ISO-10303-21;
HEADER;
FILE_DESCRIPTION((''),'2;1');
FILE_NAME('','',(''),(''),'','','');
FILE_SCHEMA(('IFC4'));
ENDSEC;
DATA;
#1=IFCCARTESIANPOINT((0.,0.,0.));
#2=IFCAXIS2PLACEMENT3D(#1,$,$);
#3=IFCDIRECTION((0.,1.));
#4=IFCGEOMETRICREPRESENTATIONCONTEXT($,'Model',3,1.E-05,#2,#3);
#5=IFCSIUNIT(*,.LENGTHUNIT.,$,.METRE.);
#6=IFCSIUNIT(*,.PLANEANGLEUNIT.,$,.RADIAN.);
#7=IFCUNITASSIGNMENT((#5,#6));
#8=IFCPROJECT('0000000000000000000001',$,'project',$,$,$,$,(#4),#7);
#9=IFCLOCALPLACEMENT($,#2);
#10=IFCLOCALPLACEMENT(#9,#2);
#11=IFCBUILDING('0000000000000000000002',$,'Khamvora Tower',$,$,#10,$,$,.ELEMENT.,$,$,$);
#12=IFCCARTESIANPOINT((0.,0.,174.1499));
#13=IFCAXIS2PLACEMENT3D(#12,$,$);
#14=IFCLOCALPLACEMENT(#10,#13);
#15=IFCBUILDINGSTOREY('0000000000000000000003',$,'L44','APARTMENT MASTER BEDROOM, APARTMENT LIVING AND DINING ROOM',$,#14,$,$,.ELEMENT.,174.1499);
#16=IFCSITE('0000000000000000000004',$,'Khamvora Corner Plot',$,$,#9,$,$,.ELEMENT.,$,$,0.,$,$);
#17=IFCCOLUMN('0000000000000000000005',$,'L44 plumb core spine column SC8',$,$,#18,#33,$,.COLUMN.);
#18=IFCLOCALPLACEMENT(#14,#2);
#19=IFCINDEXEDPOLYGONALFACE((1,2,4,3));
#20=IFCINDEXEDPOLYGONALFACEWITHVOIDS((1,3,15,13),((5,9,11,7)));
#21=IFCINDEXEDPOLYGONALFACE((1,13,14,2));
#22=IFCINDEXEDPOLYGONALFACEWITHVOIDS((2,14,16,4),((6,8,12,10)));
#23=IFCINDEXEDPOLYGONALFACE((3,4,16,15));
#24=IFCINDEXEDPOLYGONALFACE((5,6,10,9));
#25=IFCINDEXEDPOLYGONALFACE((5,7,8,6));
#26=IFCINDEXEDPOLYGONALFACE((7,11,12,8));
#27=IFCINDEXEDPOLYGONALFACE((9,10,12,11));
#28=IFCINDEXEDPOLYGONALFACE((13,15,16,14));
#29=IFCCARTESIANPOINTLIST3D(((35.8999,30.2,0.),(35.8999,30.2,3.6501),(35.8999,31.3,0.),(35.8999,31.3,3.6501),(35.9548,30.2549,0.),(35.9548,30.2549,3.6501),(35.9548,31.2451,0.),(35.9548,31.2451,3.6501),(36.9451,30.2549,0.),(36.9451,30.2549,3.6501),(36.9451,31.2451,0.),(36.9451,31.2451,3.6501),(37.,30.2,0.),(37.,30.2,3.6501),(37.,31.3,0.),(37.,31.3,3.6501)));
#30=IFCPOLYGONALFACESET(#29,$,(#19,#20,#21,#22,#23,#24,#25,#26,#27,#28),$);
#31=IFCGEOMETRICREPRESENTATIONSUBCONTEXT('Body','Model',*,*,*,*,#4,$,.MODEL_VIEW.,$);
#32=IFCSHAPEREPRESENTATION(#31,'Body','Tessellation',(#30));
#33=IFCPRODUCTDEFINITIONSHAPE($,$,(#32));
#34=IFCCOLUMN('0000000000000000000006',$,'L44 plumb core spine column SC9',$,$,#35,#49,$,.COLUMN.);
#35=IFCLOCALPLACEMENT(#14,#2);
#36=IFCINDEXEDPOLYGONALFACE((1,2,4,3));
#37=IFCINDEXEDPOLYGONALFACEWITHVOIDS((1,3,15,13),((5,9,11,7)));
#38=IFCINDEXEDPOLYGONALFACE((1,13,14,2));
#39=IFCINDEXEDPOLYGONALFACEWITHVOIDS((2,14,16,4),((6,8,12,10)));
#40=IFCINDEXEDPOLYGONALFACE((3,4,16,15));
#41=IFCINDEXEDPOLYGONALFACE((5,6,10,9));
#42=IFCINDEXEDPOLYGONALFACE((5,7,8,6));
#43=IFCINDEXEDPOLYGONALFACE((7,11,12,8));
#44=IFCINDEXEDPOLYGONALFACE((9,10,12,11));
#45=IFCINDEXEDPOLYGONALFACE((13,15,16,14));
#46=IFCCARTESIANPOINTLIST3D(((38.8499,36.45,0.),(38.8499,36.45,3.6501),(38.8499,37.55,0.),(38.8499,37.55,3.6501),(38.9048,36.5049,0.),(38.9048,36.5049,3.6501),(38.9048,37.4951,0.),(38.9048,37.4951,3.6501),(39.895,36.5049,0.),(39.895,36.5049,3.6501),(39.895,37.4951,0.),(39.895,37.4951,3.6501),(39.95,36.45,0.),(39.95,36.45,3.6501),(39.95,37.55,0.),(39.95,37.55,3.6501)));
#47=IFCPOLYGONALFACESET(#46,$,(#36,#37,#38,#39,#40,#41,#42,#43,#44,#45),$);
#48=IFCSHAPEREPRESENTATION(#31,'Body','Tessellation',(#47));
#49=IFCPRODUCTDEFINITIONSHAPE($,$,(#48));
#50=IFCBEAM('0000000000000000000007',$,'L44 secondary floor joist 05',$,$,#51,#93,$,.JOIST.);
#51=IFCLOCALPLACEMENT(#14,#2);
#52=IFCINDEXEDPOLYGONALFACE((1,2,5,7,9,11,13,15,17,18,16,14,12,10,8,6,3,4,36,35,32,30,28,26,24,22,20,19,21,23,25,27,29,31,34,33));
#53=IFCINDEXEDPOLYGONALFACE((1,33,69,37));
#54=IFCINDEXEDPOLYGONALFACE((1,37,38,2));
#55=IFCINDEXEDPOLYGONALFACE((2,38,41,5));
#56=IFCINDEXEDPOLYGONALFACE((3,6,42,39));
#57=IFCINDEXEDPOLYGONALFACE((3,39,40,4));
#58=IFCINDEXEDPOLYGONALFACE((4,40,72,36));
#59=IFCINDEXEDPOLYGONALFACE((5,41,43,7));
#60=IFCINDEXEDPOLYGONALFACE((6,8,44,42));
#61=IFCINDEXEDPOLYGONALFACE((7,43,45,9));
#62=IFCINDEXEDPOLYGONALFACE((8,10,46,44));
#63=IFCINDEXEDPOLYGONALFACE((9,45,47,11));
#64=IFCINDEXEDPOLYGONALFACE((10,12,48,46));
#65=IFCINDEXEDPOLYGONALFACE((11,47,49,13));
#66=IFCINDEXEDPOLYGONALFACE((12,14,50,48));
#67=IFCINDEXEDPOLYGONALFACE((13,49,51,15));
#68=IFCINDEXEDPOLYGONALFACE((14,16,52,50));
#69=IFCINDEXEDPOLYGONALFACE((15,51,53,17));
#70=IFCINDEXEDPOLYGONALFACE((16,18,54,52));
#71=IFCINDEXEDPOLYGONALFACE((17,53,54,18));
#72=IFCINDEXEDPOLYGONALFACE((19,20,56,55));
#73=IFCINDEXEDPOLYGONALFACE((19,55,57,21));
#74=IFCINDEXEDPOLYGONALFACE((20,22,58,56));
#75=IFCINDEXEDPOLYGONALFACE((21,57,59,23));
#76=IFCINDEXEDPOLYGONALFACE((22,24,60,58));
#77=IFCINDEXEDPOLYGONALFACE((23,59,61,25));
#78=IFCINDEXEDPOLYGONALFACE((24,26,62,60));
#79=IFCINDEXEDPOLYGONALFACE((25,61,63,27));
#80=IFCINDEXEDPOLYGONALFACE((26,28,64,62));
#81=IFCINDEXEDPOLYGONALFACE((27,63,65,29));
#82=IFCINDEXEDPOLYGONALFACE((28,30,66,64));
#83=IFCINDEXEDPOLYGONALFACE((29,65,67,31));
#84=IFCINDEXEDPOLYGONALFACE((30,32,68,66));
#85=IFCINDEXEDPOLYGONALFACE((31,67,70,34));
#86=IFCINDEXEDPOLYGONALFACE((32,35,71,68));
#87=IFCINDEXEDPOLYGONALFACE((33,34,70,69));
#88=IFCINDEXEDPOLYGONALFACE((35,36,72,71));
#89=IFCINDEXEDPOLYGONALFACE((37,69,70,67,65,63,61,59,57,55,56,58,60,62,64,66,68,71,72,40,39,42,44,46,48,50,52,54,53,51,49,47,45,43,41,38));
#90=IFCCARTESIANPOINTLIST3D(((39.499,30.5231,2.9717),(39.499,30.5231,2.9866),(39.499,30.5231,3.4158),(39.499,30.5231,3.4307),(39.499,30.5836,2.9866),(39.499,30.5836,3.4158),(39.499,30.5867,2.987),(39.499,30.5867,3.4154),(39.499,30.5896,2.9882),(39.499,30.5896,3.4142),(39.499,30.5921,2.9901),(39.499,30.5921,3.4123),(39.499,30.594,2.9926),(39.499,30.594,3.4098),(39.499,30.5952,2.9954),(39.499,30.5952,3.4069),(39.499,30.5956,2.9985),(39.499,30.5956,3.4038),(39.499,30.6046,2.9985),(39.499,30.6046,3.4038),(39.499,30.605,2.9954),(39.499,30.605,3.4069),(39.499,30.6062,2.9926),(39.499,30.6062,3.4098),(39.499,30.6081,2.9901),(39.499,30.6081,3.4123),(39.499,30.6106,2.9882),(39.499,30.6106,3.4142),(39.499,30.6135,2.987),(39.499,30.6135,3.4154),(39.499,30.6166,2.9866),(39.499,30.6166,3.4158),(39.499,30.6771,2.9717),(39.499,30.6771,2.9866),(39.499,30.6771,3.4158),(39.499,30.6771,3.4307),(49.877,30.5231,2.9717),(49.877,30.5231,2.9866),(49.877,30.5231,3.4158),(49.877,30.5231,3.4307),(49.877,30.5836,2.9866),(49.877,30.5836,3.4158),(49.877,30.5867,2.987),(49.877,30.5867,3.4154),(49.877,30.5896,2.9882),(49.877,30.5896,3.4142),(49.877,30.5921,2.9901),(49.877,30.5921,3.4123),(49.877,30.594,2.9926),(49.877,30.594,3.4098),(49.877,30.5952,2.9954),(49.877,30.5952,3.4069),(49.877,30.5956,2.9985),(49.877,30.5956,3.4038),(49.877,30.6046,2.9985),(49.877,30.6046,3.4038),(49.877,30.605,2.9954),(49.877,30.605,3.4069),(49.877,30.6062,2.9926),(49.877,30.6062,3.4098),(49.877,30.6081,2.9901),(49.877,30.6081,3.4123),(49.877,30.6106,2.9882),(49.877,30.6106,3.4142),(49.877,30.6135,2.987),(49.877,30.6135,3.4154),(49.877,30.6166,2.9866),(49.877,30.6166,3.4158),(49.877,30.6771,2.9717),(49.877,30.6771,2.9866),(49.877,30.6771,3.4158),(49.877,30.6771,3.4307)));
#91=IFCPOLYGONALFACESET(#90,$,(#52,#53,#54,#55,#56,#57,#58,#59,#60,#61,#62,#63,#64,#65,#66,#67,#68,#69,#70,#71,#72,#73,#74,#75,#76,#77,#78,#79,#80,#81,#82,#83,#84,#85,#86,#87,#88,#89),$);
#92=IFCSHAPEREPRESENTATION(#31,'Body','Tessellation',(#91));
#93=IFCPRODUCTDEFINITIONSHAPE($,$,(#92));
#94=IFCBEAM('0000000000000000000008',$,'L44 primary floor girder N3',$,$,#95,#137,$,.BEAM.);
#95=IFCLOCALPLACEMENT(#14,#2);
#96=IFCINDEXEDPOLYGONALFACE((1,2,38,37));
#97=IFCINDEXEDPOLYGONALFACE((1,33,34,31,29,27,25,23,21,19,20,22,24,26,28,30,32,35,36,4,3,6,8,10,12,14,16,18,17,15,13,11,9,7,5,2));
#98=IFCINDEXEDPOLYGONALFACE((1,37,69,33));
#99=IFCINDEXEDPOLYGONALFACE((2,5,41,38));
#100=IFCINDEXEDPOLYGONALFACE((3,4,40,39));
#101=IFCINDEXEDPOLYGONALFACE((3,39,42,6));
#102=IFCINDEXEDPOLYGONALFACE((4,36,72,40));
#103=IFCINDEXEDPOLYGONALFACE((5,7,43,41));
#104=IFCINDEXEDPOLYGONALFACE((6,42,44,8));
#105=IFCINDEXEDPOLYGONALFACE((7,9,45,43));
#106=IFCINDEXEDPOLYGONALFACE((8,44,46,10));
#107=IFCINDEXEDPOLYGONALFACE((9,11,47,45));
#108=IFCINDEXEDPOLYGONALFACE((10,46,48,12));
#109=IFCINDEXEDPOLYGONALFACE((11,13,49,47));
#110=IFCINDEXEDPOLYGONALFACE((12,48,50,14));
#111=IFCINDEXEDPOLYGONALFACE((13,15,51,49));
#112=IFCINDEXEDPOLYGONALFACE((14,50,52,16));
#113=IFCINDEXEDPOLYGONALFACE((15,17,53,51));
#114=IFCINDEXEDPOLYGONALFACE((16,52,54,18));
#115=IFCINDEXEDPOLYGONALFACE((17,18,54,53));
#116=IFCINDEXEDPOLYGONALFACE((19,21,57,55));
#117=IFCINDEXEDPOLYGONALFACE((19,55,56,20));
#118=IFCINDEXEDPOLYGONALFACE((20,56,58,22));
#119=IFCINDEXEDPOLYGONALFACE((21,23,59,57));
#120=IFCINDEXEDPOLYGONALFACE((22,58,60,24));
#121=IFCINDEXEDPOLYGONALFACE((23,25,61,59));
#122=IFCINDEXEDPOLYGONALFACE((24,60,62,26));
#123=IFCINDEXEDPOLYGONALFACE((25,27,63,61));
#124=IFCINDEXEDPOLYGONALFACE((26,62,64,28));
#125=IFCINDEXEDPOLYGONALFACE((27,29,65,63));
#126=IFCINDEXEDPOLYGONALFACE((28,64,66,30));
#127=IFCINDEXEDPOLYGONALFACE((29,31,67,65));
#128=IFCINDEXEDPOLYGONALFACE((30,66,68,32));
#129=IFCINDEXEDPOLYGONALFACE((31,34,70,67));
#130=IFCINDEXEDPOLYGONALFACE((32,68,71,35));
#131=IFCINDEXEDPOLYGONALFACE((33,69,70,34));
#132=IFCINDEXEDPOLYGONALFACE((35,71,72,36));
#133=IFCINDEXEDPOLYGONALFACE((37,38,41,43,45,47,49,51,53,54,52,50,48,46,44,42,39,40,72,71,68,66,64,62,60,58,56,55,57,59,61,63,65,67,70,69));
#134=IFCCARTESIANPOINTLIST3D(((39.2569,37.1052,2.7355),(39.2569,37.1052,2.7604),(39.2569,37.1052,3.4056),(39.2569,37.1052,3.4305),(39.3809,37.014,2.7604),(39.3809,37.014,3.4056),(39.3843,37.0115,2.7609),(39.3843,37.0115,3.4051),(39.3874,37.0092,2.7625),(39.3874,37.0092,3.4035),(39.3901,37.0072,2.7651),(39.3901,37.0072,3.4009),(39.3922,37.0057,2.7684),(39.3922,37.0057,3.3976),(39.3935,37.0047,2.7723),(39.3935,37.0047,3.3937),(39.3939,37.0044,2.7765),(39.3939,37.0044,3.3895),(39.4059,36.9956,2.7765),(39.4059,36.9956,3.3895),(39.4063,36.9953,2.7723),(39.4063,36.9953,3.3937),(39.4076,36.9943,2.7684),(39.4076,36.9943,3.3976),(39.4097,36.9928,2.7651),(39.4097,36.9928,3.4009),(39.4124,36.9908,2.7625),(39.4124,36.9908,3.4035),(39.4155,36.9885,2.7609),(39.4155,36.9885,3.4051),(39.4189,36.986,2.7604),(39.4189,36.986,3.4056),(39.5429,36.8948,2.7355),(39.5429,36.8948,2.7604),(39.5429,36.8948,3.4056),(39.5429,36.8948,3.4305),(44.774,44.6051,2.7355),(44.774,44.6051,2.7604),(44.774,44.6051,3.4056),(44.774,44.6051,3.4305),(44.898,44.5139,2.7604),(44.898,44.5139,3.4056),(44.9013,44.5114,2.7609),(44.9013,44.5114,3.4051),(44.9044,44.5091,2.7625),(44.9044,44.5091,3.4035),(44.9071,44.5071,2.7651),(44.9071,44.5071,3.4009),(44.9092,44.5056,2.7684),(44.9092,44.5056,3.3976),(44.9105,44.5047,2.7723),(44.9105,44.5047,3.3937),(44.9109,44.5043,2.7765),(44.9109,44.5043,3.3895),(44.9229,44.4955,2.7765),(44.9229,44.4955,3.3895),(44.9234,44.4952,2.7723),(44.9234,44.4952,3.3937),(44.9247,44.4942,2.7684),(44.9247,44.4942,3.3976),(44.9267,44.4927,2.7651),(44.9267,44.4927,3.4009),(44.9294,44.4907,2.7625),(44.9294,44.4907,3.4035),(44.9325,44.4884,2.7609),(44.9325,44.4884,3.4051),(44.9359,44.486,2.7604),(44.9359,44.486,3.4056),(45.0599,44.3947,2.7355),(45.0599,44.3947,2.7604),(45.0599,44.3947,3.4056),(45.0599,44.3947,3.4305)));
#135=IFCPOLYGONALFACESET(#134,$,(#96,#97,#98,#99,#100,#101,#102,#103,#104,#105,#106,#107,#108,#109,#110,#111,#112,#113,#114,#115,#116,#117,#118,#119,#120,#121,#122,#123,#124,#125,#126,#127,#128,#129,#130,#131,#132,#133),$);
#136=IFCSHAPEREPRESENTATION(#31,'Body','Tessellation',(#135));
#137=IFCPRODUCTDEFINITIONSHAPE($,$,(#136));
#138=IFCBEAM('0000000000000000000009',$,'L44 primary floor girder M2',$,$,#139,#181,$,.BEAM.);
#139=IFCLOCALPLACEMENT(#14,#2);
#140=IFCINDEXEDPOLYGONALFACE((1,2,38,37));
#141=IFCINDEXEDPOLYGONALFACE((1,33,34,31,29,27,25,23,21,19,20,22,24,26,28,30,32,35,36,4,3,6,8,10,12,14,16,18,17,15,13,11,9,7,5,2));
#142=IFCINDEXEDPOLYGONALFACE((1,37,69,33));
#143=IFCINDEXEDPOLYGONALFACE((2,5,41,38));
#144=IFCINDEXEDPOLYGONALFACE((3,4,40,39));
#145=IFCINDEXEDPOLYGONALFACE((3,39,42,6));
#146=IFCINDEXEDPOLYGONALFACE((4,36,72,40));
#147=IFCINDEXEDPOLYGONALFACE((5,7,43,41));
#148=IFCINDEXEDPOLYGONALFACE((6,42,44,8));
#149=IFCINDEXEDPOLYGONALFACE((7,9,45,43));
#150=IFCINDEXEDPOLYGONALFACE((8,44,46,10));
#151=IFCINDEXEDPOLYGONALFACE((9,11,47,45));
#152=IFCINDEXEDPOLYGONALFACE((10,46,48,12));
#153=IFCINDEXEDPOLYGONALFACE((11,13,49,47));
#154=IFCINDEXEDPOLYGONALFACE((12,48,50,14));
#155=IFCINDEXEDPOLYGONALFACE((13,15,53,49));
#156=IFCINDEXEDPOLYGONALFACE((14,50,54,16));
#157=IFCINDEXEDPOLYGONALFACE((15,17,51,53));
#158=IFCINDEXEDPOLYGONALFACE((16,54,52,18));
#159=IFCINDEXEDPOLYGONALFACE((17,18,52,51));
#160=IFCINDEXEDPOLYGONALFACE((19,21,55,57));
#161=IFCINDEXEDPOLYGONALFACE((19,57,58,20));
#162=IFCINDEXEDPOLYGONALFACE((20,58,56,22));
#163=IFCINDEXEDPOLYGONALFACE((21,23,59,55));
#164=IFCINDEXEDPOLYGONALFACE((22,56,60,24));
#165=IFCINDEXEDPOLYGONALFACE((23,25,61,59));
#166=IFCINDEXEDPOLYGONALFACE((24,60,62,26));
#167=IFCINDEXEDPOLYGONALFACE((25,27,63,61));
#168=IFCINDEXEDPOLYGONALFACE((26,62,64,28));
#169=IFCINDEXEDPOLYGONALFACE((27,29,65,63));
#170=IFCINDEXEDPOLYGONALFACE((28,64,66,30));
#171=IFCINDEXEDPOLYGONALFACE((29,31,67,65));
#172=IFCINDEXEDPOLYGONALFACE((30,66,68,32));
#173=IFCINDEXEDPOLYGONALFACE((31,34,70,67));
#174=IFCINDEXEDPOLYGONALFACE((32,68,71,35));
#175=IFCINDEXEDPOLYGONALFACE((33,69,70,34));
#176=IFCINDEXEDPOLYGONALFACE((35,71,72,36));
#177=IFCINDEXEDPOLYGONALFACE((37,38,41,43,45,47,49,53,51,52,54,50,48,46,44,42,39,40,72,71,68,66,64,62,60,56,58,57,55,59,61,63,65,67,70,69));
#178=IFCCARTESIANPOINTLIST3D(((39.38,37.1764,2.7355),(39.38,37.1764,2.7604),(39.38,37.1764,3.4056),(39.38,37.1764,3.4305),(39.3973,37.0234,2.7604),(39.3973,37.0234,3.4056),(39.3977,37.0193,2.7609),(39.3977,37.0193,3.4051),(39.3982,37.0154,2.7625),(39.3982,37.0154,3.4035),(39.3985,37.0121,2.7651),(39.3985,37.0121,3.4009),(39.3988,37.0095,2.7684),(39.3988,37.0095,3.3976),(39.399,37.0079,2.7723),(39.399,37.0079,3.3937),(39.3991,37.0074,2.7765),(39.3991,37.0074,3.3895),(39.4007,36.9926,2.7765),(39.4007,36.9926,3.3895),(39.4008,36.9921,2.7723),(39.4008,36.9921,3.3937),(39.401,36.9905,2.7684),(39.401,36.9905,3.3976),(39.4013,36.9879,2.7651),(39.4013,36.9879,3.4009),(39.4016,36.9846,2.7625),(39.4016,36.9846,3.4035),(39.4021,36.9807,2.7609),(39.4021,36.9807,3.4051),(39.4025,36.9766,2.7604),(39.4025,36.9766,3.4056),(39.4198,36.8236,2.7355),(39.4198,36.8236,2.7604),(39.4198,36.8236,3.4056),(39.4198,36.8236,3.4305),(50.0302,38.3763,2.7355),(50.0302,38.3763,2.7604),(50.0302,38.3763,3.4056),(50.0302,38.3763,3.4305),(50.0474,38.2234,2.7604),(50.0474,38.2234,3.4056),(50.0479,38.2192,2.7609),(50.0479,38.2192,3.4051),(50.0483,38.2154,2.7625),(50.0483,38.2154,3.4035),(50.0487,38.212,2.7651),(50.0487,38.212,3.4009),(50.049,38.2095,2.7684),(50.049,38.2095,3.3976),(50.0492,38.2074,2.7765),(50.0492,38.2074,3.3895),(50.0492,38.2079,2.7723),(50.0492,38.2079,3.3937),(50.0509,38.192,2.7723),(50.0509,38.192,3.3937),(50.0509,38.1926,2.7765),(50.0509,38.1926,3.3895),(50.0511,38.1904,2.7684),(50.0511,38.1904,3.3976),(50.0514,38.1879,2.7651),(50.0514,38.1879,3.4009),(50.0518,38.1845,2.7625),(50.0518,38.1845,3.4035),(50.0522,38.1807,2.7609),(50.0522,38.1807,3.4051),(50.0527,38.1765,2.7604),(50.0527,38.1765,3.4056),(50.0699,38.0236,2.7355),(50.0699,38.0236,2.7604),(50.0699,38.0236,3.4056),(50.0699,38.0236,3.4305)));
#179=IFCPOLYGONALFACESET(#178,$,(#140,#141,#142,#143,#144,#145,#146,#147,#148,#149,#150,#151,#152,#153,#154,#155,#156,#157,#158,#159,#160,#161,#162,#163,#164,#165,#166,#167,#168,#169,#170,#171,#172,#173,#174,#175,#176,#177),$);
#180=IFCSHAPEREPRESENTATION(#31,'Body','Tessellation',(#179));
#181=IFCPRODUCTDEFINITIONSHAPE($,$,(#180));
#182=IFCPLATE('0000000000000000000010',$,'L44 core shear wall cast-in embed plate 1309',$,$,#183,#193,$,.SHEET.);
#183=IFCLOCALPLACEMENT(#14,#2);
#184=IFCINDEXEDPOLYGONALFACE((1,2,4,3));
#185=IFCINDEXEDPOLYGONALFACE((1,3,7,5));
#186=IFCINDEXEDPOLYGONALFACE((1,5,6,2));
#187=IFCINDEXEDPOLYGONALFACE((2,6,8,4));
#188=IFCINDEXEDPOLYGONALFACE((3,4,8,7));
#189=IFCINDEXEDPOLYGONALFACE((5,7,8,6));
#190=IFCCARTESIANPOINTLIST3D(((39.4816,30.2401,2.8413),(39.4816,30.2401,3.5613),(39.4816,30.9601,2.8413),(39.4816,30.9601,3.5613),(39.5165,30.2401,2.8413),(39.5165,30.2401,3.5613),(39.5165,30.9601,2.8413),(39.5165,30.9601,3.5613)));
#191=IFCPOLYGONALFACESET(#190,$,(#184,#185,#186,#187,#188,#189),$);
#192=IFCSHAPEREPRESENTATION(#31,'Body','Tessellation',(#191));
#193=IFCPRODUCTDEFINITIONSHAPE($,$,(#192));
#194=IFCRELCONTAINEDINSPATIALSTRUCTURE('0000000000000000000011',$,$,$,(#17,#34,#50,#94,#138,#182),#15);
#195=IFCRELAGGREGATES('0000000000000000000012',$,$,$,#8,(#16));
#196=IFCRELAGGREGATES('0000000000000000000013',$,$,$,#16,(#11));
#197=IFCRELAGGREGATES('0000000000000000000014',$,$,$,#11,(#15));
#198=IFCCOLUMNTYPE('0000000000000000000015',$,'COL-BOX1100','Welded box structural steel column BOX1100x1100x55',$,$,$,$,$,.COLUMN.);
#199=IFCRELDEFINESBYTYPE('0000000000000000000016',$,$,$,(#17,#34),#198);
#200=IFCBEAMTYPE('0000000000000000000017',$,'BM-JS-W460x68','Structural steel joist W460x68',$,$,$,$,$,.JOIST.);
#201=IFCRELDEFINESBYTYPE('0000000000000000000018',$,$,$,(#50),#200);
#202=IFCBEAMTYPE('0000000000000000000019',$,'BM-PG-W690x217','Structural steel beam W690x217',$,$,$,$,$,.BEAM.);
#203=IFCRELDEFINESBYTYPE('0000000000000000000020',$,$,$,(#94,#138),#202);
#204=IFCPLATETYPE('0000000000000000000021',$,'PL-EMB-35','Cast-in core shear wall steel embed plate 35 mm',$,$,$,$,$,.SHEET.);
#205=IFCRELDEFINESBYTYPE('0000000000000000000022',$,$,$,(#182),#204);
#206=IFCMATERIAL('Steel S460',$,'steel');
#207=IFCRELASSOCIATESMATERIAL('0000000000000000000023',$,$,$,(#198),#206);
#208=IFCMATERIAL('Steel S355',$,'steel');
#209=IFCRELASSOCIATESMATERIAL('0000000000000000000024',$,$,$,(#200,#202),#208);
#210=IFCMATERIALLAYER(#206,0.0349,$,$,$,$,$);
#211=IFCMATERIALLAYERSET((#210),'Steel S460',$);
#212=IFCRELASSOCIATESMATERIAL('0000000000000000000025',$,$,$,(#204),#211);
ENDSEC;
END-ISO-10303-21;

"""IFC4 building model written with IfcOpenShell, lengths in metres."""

from ifc_helpers import new_model, si_unit, direction, frame, origin, origin_2d, place, context, subcontext, project, spatial, rectangle, hollow_rectangle, i_section, extrude, material, layer, layer_set, material_profile, profile_set, type_object, element, save


model = new_model("IFC4")

# Units and contexts
model_context = context("Model", 3, precision=1e-05, world=origin(), true_north=direction((0.0, 1.0)))
body_context = subcontext(model_context, "Body", "Model", "MODEL_VIEW")
ifc_project = project(units=[si_unit("LENGTHUNIT", "METRE"), si_unit("PLANEANGLEUNIT", "RADIAN")], contexts=[model_context])

# Site, building, storey
site_placement = place(None, origin())
site = spatial("IfcSite", under=ifc_project, at=site_placement, Name="Khamvora Corner Plot", CompositionType="ELEMENT", RefElevation=0.0)
building_placement = place(site_placement, origin())
building = spatial("IfcBuilding", under=site, at=building_placement, Name="Khamvora Tower", CompositionType="ELEMENT")
storey_placement = place(building_placement, frame((0.0, 0.0, 174.1499)))
storey = spatial("IfcBuildingStorey", under=building, at=storey_placement, Name="L44", Description="APARTMENT MASTER BEDROOM, APARTMENT LIVING AND DINING ROOM", CompositionType="ELEMENT", Elevation=174.1499)

# Columns
ifc_material_1 = material(Name="Steel S460", Category="steel")
ifc_material_profile_1 = material_profile(ifc_material_1, hollow_rectangle(XDim=1.1001, YDim=1.1001, WallThickness=0.0549, at=origin_2d()), Name="BOX1100x1100x55")
ifc_profile_set_1 = profile_set([ifc_material_profile_1], Name="Steel S460")
column_type = type_object("IfcColumnType", Name="COL-BOX1100", Description="Welded box structural steel column BOX1100x1100x55", PredefinedType="COLUMN", material=ifc_profile_set_1)
for number, where, z_axis, x_axis, name in (
    (1, (36.45, 30.75, 0.0), (0.0, 0.0, 1.0), (1.0, 0.0, 0.0), "L44 plumb core spine column SC8"),
    (2, (39.3999, 37.0, 0.0), (0.0, 0.0, 1.0), (1.0, 0.0, 0.0), "L44 plumb core spine column SC9"),
):
    element("IfcColumn", number, at=place(storey_placement, frame(where, z_axis=z_axis, x_axis=x_axis)), inside=storey, type_object=column_type, Name=name, PredefinedType="COLUMN", context=body_context, shape_type="SweptSolid", body=[
        extrude(hollow_rectangle(XDim=1.1001, YDim=1.1001, WallThickness=0.0549, at=origin_2d()), origin(), (0.0, 0.0, 1.0), 3.6501),
    ])

# Beams
ifc_material_2 = material(Name="Steel S355", Category="steel")
ifc_material_profile_2 = material_profile(ifc_material_2, i_section(OverallWidth=0.1541, OverallDepth=0.459, WebThickness=0.009, FlangeThickness=0.0149, FilletRadius=0.012, at=origin_2d()), Name="W460x68")
ifc_profile_set_2 = profile_set([ifc_material_profile_2], Name="Steel S355")
beam_type_1 = type_object("IfcBeamType", Name="BM-JS-W460x68", Description="Structural steel joist W460x68", PredefinedType="JOIST", material=ifc_profile_set_2)
beam_1_placement = place(storey_placement, frame((39.499, 30.6001, 3.2012), z_axis=(1.0, 0.0, 0.0), x_axis=(0.0, 1.0, 0.0)))
element("IfcBeam", 3, at=beam_1_placement, inside=storey, type_object=beam_type_1, Name="L44 secondary floor joist 05", PredefinedType="JOIST", context=body_context, shape_type="SweptSolid", body=[
    extrude(i_section(OverallWidth=0.1541, OverallDepth=0.459, WebThickness=0.009, FlangeThickness=0.0149, FilletRadius=0.012, at=origin_2d()), origin(), (0.0, 0.0, 1.0), 10.3779),
])
ifc_material_profile_3 = material_profile(ifc_material_2, i_section(OverallWidth=0.355, OverallDepth=0.6951, WebThickness=0.0149, FlangeThickness=0.0249, FilletRadius=0.0161, at=origin_2d()), Name="W690x217")
ifc_profile_set_3 = profile_set([ifc_material_profile_3], Name="Steel S355")
beam_type_2 = type_object("IfcBeamType", Name="BM-PG-W690x217", Description="Structural steel beam W690x217", PredefinedType="BEAM", material=ifc_profile_set_3)
beam_2_placement = place(storey_placement, frame((39.3999, 37.0, 3.083), z_axis=(0.592557, 0.805529, 0.0), x_axis=(-0.805529, 0.592557, 0.0)))
element("IfcBeam", 4, at=beam_2_placement, inside=storey, type_object=beam_type_2, Name="L44 primary floor girder N3", PredefinedType="BEAM", context=body_context, shape_type="SweptSolid", body=[
    extrude(i_section(OverallWidth=0.355, OverallDepth=0.6951, WebThickness=0.0149, FlangeThickness=0.0249, FilletRadius=0.0161, at=origin_2d()), origin(), (0.0, 0.0, 1.0), 9.3105),
])
beam_3_placement = place(storey_placement, frame((39.3999, 37.0, 3.083), z_axis=(0.993713, 0.111962, 0.0), x_axis=(-0.111962, 0.993713, 0.0)))
element("IfcBeam", 5, at=beam_3_placement, inside=storey, type_object=beam_type_2, Name="L44 primary floor girder M2", PredefinedType="BEAM", context=body_context, shape_type="SweptSolid", body=[
    extrude(i_section(OverallWidth=0.355, OverallDepth=0.6951, WebThickness=0.0149, FlangeThickness=0.0249, FilletRadius=0.0161, at=origin_2d()), origin(), (0.0, 0.0, 1.0), 10.7175),
])

# Plate
ifc_layer_1 = layer(ifc_material_1, 0.0349)
ifc_layer_set_1 = layer_set([ifc_layer_1], Name="Steel S460")
plate_type = type_object("IfcPlateType", Name="PL-EMB-35", Description="Cast-in core shear wall steel embed plate 35 mm", PredefinedType="SHEET", material=ifc_layer_set_1)
plate_placement = place(storey_placement, frame((39.499, 30.6001, 2.8413), z_axis=(0.0, 0.0, 1.0), x_axis=(1.0, 0.0, 0.0)))
element("IfcPlate", 6, at=plate_placement, inside=storey, type_object=plate_type, Name="L44 core shear wall cast-in embed plate 1309", PredefinedType="SHEET", context=body_context, shape_type="SweptSolid", body=[
    extrude(rectangle(XDim=0.0349, YDim=0.72, at=origin_2d()), origin(), (0.0, 0.0, 1.0), 0.72),
])

save(model, "model.ifc")
